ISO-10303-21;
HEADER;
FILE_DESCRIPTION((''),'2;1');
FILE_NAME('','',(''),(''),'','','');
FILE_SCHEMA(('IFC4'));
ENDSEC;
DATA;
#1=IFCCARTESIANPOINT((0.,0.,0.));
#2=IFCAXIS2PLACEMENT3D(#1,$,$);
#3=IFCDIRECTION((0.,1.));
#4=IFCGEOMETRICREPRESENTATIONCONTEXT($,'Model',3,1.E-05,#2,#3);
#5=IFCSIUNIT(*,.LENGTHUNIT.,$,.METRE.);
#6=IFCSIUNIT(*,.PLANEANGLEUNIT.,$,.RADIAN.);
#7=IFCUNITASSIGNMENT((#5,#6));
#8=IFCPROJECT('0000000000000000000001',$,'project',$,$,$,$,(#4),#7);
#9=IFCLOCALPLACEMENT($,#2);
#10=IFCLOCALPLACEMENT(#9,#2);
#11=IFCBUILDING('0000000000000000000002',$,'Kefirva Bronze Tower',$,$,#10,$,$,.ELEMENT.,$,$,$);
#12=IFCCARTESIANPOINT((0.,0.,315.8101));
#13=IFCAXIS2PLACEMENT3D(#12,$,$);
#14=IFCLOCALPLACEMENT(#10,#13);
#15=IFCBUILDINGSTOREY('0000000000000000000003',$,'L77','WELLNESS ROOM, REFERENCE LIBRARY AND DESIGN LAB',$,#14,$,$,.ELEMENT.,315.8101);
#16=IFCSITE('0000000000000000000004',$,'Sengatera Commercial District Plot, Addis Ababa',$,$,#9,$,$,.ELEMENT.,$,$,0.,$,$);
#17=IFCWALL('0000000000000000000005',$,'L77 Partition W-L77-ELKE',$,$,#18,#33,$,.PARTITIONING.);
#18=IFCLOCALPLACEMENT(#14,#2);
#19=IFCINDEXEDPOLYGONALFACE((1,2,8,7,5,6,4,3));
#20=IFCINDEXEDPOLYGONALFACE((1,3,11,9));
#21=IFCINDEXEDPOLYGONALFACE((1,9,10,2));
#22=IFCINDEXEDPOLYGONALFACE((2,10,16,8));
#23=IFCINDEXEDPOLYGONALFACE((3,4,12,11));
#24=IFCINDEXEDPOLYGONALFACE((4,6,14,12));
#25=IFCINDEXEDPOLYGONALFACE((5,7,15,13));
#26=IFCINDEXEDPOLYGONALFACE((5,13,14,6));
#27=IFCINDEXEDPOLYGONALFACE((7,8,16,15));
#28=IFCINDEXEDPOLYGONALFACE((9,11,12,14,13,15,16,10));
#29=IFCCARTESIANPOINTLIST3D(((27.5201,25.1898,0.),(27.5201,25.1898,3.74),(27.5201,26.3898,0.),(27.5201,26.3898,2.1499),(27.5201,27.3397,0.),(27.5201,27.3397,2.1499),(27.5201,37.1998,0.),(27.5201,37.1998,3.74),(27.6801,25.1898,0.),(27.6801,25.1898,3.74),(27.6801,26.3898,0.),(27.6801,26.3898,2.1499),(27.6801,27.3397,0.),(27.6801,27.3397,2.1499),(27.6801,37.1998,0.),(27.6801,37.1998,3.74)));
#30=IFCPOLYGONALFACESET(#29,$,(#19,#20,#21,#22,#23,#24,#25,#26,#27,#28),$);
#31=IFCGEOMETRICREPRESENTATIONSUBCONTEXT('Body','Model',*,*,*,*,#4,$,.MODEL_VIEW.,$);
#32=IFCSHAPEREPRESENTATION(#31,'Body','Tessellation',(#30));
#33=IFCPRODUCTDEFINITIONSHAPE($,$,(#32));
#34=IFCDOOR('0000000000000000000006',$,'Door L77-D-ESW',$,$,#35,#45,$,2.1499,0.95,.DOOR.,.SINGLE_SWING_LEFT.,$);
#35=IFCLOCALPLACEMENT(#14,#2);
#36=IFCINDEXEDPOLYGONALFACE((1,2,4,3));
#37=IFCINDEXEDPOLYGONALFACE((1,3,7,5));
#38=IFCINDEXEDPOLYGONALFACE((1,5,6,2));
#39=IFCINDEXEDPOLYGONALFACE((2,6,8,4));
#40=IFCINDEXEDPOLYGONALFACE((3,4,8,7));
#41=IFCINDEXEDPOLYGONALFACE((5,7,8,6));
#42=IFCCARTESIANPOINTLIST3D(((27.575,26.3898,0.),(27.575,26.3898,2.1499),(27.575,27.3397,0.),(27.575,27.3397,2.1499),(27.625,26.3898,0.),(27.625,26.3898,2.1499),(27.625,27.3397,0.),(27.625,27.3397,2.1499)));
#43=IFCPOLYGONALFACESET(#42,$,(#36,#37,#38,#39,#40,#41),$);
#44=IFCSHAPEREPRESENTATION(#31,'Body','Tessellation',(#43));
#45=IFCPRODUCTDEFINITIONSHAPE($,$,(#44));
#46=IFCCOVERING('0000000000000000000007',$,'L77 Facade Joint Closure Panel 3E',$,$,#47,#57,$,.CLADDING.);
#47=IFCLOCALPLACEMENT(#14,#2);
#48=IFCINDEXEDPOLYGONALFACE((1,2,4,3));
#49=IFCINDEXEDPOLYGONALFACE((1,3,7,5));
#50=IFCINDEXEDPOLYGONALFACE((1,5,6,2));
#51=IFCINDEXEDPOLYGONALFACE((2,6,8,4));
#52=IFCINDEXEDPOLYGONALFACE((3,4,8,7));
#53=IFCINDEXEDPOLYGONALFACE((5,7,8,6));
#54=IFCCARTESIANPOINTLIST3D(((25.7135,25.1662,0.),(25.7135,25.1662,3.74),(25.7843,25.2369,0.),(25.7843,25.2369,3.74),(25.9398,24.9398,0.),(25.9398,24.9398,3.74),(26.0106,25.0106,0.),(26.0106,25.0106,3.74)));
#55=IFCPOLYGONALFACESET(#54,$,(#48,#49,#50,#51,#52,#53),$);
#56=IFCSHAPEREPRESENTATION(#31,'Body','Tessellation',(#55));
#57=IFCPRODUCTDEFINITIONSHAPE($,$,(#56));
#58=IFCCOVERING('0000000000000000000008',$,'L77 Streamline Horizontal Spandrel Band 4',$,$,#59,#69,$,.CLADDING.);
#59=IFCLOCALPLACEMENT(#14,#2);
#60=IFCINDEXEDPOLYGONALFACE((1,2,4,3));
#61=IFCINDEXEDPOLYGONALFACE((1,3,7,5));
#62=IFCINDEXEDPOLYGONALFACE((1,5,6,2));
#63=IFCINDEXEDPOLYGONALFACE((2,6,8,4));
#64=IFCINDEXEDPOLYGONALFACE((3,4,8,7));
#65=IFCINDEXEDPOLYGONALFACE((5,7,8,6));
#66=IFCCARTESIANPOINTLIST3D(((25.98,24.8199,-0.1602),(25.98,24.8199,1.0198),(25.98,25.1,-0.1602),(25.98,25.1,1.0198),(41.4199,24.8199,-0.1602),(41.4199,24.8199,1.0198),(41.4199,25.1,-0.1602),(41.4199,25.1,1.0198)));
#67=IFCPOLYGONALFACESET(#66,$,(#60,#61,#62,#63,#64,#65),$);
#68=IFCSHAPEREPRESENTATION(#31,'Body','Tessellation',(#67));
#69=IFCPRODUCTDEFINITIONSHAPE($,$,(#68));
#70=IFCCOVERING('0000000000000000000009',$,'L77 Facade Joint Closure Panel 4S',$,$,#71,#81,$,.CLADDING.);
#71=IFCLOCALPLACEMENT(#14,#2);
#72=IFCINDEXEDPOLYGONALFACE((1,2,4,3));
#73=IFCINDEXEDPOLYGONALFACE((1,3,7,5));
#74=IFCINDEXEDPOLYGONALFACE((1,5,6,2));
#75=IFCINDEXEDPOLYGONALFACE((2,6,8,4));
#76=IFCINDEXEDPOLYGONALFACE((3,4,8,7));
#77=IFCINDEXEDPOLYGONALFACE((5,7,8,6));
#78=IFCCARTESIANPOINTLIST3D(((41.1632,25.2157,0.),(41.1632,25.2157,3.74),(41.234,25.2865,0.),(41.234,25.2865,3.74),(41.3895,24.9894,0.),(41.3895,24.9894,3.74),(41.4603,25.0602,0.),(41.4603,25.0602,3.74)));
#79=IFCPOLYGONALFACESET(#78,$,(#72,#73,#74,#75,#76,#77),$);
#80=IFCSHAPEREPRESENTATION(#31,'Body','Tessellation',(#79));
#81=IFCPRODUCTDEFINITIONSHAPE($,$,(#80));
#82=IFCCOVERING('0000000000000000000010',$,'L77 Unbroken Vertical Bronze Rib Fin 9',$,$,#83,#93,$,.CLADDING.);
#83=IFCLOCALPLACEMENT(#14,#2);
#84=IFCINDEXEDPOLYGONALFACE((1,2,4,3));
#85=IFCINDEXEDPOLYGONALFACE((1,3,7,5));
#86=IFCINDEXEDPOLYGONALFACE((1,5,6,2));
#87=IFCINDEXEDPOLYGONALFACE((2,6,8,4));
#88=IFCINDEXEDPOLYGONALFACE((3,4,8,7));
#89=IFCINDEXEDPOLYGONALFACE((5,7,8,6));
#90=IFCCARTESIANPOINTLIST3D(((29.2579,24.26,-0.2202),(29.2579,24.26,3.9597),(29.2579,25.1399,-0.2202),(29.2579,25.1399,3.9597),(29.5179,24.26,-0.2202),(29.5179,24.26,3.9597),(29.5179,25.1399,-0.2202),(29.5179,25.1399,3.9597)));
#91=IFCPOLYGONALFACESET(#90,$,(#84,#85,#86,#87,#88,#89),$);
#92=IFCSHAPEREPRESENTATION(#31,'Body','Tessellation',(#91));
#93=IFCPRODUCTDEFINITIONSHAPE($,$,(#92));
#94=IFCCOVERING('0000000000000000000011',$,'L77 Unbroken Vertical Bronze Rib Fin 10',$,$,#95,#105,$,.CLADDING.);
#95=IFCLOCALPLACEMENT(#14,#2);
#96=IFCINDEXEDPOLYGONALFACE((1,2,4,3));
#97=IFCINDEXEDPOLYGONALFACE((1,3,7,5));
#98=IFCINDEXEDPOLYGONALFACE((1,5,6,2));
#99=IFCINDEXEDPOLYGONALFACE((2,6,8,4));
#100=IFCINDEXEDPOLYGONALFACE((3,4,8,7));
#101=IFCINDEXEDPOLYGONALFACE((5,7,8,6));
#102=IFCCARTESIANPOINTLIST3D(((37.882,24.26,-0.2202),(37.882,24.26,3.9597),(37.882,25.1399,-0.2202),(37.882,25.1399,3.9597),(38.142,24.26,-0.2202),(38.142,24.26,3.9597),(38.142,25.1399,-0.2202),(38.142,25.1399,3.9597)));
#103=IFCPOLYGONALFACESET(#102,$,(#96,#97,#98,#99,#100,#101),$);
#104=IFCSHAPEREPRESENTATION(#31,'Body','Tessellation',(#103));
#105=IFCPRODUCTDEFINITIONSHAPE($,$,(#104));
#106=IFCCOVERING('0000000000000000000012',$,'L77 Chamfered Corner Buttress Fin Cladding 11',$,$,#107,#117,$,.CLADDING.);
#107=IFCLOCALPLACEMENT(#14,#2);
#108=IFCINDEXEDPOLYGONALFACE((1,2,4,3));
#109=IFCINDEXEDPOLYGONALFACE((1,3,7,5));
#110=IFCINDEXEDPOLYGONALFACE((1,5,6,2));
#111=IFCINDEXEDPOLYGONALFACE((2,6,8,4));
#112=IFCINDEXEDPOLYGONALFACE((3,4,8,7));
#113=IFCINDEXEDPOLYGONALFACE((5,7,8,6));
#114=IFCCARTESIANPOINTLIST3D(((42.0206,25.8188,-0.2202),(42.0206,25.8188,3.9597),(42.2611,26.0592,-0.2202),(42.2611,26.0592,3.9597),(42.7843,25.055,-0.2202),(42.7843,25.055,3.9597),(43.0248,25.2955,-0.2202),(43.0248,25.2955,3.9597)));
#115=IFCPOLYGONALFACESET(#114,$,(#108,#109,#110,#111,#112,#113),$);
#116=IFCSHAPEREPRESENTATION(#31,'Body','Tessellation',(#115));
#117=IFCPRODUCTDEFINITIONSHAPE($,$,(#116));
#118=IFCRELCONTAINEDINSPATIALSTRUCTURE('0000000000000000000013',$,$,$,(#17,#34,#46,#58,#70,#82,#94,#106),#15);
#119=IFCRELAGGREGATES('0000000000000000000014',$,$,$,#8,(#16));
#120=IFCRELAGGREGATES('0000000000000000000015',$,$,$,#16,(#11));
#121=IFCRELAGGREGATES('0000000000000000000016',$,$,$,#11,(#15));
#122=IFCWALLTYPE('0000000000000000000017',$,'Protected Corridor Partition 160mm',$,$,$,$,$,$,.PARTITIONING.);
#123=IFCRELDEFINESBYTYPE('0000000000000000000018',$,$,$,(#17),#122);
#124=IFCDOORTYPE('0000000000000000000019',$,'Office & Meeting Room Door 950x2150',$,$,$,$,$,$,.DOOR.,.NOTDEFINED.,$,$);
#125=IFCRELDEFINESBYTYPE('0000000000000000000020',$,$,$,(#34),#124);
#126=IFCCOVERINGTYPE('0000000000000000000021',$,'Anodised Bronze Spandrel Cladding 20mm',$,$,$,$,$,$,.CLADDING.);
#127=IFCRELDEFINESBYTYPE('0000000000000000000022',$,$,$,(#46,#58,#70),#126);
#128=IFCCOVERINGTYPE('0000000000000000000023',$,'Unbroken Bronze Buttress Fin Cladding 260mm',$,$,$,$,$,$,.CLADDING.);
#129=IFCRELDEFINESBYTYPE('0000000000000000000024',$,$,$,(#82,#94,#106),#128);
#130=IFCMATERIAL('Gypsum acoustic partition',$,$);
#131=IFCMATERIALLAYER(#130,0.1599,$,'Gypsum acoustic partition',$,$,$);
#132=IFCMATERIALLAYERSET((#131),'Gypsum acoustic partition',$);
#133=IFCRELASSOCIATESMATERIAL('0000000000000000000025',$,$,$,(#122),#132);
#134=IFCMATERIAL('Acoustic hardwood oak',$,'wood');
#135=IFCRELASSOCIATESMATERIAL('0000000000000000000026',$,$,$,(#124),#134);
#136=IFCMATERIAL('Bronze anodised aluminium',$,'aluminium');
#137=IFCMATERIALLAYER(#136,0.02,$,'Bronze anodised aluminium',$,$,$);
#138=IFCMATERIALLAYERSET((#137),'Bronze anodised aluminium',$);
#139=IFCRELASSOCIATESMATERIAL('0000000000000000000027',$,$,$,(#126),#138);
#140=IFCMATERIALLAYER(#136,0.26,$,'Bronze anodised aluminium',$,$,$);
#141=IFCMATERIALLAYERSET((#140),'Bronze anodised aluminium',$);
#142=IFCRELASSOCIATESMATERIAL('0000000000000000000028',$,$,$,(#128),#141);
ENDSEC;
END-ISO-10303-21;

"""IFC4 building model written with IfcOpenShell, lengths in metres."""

from ifc_helpers import new_model, si_unit, direction, frame, frame_2d, origin, origin_2d, place, context, subcontext, project, spatial, rectangle, extrude, material, layer, layer_set, type_object, element, fill, save


model = new_model("IFC4")

# Units and contexts
model_context = context("Model", 3, precision=1e-05, world=origin(), true_north=direction((0.0, 1.0)))
body_context = subcontext(model_context, "Body", "Model", "MODEL_VIEW")
ifc_project = project(units=[si_unit("LENGTHUNIT", "METRE"), si_unit("PLANEANGLEUNIT", "RADIAN")], contexts=[model_context])

# Site, building, storey
site_placement = place(None, origin())
site = spatial("IfcSite", under=ifc_project, at=site_placement, Name="Sengatera Commercial District Plot, Addis Ababa", CompositionType="ELEMENT", RefElevation=0.0)
building_placement = place(site_placement, origin())
building = spatial("IfcBuilding", under=site, at=building_placement, Name="Kefirva Bronze Tower", CompositionType="ELEMENT")
storey_placement = place(building_placement, frame((0.0, 0.0, 315.8101)))
storey = spatial("IfcBuildingStorey", under=building, at=storey_placement, Name="L77", Description="WELLNESS ROOM, REFERENCE LIBRARY AND DESIGN LAB", CompositionType="ELEMENT", Elevation=315.8101)

# Shared definitions
ifc_material_1 = material(Name="Bronze anodised aluminium", Category="aluminium")

# Shared definitions
ifc_material_2 = material(Name="Gypsum acoustic partition")

# Wall, opening, door
ifc_layer_1 = layer(ifc_material_2, 0.1599, Name="Gypsum acoustic partition")
ifc_layer_set_1 = layer_set([ifc_layer_1], Name="Gypsum acoustic partition")
wall_type_1 = type_object("IfcWallType", Name="Protected Corridor Partition 160mm", PredefinedType="PARTITIONING", material=ifc_layer_set_1)
wall_1_placement = place(storey_placement, frame((27.6001, 25.1899, 0.0), z_axis=(0.0, 0.0, 1.0), x_axis=(0.0, 1.0, 0.0)))
wall_1 = element("IfcWall", 1, at=wall_1_placement, inside=storey, type_object=wall_type_1, Name="L77 Partition W-L77-ELKE", PredefinedType="PARTITIONING", context=body_context, shape_type="SweptSolid", body=[
    extrude(rectangle(XDim=12.01, YDim=0.1599, at=frame_2d((6.0049, 0.0))), origin(), (0.0, 0.0, 1.0), 3.74),
])
opening_placement = place(wall_1_placement, frame((2.1499, 0.0, 0.0), z_axis=(0.0, 0.0, 1.0), x_axis=(-1.0, 0.0, 0.0)))
opening = element("IfcOpeningElement", 2, at=opening_placement, cuts=wall_1, PredefinedType="OPENING", context=body_context, shape_type="SweptSolid", body=[
    extrude(rectangle(XDim=0.95, YDim=2.1499, at=frame_2d((0.4751, 1.075))), frame((0.0, 0.0898, 0.0), z_axis=(0.0, -1.0, 0.0), x_axis=(1.0, 0.0, 0.0)), (0.0, 0.0, 1.0), 0.1799),
])
ifc_material_3 = material(Name="Acoustic hardwood oak", Category="wood")
door_type = type_object("IfcDoorType", Name="Office & Meeting Room Door 950x2150", OperationType="NOTDEFINED", PredefinedType="DOOR", material=ifc_material_3)
door_placement = place(opening_placement, origin())
door = element("IfcDoor", 3, at=door_placement, inside=storey, type_object=door_type, Name="Door L77-D-ESW", OperationType="SINGLE_SWING_LEFT", OverallHeight=2.1499, OverallWidth=0.95, PredefinedType="DOOR", context=body_context, shape_type="SweptSolid", body=[
    extrude(rectangle(XDim=0.95, YDim=2.1499, at=frame_2d((0.4751, 1.075))), frame((0.0, 0.0249, 0.0), z_axis=(0.0, -1.0, 0.0), x_axis=(1.0, 0.0, 0.0)), (0.0, 0.0, 1.0), 0.05),
])
fill(opening, door)

# Coverings
ifc_layer_2 = layer(ifc_material_1, 0.02, Name="Bronze anodised aluminium")
ifc_layer_set_2 = layer_set([ifc_layer_2], Name="Bronze anodised aluminium")
covering_type_1 = type_object("IfcCoveringType", Name="Anodised Bronze Spandrel Cladding 20mm", PredefinedType="CLADDING", material=ifc_layer_set_2)
covering_1_placement = place(storey_placement, frame((25.8621, 25.0884, 0.0), z_axis=(0.0, 0.0, 1.0), x_axis=(0.707107, 0.707107, 0.0)))
element("IfcCovering", 4, at=covering_1_placement, inside=storey, type_object=covering_type_1, Name="L77 Facade Joint Closure Panel 3E", PredefinedType="CLADDING", context=body_context, shape_type="SweptSolid", body=[
    extrude(rectangle(XDim=0.1001, YDim=0.3201, at=origin_2d()), origin(), (0.0, 0.0, 1.0), 3.74),
])
covering_2_placement = place(storey_placement, frame((33.7, 24.96, -0.1602), z_axis=(0.0, 0.0, 1.0), x_axis=(1.0, 0.0, 0.0)))
element("IfcCovering", 5, at=covering_2_placement, inside=storey, type_object=covering_type_1, Name="L77 Streamline Horizontal Spandrel Band 4", PredefinedType="CLADDING", context=body_context, shape_type="SweptSolid", body=[
    extrude(rectangle(XDim=15.4399, YDim=0.28, at=origin_2d()), origin(), (0.0, 0.0, 1.0), 1.1799),
])
covering_3_placement = place(storey_placement, frame((41.3118, 25.1379, 0.0), z_axis=(0.0, 0.0, 1.0), x_axis=(0.707107, 0.707107, 0.0)))
element("IfcCovering", 6, at=covering_3_placement, inside=storey, type_object=covering_type_1, Name="L77 Facade Joint Closure Panel 4S", PredefinedType="CLADDING", context=body_context, shape_type="SweptSolid", body=[
    extrude(rectangle(XDim=0.1001, YDim=0.3201, at=origin_2d()), origin(), (0.0, 0.0, 1.0), 3.74),
])
ifc_layer_3 = layer(ifc_material_1, 0.26, Name="Bronze anodised aluminium")
ifc_layer_set_3 = layer_set([ifc_layer_3], Name="Bronze anodised aluminium")
covering_type_2 = type_object("IfcCoveringType", Name="Unbroken Bronze Buttress Fin Cladding 260mm", PredefinedType="CLADDING", material=ifc_layer_set_3)
for number, where, z_axis, x_axis, name in (
    (7, (29.3879, 24.7, -0.2202), (0.0, 0.0, 1.0), (1.0, 0.0, 0.0), "L77 Unbroken Vertical Bronze Rib Fin 9"),
    (8, (38.012, 24.7, -0.2202), (0.0, 0.0, 1.0), (1.0, 0.0, 0.0), "L77 Unbroken Vertical Bronze Rib Fin 10"),
):
    element("IfcCovering", number, at=place(storey_placement, frame(where, z_axis=z_axis, x_axis=x_axis)), inside=storey, type_object=covering_type_2, Name=name, PredefinedType="CLADDING", context=body_context, shape_type="SweptSolid", body=[
        extrude(rectangle(XDim=0.26, YDim=0.8799, at=origin_2d()), origin(), (0.0, 0.0, 1.0), 4.1799),
    ])
covering_4_placement = place(storey_placement, frame((42.5227, 25.5571, -0.2202), z_axis=(0.0, 0.0, 1.0), x_axis=(0.707107, 0.707107, 0.0)))
element("IfcCovering", 9, at=covering_4_placement, inside=storey, type_object=covering_type_2, Name="L77 Chamfered Corner Buttress Fin Cladding 11", PredefinedType="CLADDING", context=body_context, shape_type="SweptSolid", body=[
    extrude(rectangle(XDim=0.3401, YDim=1.0801, at=origin_2d()), origin(), (0.0, 0.0, 1.0), 4.1799),
])

save(model, "model.ifc")
